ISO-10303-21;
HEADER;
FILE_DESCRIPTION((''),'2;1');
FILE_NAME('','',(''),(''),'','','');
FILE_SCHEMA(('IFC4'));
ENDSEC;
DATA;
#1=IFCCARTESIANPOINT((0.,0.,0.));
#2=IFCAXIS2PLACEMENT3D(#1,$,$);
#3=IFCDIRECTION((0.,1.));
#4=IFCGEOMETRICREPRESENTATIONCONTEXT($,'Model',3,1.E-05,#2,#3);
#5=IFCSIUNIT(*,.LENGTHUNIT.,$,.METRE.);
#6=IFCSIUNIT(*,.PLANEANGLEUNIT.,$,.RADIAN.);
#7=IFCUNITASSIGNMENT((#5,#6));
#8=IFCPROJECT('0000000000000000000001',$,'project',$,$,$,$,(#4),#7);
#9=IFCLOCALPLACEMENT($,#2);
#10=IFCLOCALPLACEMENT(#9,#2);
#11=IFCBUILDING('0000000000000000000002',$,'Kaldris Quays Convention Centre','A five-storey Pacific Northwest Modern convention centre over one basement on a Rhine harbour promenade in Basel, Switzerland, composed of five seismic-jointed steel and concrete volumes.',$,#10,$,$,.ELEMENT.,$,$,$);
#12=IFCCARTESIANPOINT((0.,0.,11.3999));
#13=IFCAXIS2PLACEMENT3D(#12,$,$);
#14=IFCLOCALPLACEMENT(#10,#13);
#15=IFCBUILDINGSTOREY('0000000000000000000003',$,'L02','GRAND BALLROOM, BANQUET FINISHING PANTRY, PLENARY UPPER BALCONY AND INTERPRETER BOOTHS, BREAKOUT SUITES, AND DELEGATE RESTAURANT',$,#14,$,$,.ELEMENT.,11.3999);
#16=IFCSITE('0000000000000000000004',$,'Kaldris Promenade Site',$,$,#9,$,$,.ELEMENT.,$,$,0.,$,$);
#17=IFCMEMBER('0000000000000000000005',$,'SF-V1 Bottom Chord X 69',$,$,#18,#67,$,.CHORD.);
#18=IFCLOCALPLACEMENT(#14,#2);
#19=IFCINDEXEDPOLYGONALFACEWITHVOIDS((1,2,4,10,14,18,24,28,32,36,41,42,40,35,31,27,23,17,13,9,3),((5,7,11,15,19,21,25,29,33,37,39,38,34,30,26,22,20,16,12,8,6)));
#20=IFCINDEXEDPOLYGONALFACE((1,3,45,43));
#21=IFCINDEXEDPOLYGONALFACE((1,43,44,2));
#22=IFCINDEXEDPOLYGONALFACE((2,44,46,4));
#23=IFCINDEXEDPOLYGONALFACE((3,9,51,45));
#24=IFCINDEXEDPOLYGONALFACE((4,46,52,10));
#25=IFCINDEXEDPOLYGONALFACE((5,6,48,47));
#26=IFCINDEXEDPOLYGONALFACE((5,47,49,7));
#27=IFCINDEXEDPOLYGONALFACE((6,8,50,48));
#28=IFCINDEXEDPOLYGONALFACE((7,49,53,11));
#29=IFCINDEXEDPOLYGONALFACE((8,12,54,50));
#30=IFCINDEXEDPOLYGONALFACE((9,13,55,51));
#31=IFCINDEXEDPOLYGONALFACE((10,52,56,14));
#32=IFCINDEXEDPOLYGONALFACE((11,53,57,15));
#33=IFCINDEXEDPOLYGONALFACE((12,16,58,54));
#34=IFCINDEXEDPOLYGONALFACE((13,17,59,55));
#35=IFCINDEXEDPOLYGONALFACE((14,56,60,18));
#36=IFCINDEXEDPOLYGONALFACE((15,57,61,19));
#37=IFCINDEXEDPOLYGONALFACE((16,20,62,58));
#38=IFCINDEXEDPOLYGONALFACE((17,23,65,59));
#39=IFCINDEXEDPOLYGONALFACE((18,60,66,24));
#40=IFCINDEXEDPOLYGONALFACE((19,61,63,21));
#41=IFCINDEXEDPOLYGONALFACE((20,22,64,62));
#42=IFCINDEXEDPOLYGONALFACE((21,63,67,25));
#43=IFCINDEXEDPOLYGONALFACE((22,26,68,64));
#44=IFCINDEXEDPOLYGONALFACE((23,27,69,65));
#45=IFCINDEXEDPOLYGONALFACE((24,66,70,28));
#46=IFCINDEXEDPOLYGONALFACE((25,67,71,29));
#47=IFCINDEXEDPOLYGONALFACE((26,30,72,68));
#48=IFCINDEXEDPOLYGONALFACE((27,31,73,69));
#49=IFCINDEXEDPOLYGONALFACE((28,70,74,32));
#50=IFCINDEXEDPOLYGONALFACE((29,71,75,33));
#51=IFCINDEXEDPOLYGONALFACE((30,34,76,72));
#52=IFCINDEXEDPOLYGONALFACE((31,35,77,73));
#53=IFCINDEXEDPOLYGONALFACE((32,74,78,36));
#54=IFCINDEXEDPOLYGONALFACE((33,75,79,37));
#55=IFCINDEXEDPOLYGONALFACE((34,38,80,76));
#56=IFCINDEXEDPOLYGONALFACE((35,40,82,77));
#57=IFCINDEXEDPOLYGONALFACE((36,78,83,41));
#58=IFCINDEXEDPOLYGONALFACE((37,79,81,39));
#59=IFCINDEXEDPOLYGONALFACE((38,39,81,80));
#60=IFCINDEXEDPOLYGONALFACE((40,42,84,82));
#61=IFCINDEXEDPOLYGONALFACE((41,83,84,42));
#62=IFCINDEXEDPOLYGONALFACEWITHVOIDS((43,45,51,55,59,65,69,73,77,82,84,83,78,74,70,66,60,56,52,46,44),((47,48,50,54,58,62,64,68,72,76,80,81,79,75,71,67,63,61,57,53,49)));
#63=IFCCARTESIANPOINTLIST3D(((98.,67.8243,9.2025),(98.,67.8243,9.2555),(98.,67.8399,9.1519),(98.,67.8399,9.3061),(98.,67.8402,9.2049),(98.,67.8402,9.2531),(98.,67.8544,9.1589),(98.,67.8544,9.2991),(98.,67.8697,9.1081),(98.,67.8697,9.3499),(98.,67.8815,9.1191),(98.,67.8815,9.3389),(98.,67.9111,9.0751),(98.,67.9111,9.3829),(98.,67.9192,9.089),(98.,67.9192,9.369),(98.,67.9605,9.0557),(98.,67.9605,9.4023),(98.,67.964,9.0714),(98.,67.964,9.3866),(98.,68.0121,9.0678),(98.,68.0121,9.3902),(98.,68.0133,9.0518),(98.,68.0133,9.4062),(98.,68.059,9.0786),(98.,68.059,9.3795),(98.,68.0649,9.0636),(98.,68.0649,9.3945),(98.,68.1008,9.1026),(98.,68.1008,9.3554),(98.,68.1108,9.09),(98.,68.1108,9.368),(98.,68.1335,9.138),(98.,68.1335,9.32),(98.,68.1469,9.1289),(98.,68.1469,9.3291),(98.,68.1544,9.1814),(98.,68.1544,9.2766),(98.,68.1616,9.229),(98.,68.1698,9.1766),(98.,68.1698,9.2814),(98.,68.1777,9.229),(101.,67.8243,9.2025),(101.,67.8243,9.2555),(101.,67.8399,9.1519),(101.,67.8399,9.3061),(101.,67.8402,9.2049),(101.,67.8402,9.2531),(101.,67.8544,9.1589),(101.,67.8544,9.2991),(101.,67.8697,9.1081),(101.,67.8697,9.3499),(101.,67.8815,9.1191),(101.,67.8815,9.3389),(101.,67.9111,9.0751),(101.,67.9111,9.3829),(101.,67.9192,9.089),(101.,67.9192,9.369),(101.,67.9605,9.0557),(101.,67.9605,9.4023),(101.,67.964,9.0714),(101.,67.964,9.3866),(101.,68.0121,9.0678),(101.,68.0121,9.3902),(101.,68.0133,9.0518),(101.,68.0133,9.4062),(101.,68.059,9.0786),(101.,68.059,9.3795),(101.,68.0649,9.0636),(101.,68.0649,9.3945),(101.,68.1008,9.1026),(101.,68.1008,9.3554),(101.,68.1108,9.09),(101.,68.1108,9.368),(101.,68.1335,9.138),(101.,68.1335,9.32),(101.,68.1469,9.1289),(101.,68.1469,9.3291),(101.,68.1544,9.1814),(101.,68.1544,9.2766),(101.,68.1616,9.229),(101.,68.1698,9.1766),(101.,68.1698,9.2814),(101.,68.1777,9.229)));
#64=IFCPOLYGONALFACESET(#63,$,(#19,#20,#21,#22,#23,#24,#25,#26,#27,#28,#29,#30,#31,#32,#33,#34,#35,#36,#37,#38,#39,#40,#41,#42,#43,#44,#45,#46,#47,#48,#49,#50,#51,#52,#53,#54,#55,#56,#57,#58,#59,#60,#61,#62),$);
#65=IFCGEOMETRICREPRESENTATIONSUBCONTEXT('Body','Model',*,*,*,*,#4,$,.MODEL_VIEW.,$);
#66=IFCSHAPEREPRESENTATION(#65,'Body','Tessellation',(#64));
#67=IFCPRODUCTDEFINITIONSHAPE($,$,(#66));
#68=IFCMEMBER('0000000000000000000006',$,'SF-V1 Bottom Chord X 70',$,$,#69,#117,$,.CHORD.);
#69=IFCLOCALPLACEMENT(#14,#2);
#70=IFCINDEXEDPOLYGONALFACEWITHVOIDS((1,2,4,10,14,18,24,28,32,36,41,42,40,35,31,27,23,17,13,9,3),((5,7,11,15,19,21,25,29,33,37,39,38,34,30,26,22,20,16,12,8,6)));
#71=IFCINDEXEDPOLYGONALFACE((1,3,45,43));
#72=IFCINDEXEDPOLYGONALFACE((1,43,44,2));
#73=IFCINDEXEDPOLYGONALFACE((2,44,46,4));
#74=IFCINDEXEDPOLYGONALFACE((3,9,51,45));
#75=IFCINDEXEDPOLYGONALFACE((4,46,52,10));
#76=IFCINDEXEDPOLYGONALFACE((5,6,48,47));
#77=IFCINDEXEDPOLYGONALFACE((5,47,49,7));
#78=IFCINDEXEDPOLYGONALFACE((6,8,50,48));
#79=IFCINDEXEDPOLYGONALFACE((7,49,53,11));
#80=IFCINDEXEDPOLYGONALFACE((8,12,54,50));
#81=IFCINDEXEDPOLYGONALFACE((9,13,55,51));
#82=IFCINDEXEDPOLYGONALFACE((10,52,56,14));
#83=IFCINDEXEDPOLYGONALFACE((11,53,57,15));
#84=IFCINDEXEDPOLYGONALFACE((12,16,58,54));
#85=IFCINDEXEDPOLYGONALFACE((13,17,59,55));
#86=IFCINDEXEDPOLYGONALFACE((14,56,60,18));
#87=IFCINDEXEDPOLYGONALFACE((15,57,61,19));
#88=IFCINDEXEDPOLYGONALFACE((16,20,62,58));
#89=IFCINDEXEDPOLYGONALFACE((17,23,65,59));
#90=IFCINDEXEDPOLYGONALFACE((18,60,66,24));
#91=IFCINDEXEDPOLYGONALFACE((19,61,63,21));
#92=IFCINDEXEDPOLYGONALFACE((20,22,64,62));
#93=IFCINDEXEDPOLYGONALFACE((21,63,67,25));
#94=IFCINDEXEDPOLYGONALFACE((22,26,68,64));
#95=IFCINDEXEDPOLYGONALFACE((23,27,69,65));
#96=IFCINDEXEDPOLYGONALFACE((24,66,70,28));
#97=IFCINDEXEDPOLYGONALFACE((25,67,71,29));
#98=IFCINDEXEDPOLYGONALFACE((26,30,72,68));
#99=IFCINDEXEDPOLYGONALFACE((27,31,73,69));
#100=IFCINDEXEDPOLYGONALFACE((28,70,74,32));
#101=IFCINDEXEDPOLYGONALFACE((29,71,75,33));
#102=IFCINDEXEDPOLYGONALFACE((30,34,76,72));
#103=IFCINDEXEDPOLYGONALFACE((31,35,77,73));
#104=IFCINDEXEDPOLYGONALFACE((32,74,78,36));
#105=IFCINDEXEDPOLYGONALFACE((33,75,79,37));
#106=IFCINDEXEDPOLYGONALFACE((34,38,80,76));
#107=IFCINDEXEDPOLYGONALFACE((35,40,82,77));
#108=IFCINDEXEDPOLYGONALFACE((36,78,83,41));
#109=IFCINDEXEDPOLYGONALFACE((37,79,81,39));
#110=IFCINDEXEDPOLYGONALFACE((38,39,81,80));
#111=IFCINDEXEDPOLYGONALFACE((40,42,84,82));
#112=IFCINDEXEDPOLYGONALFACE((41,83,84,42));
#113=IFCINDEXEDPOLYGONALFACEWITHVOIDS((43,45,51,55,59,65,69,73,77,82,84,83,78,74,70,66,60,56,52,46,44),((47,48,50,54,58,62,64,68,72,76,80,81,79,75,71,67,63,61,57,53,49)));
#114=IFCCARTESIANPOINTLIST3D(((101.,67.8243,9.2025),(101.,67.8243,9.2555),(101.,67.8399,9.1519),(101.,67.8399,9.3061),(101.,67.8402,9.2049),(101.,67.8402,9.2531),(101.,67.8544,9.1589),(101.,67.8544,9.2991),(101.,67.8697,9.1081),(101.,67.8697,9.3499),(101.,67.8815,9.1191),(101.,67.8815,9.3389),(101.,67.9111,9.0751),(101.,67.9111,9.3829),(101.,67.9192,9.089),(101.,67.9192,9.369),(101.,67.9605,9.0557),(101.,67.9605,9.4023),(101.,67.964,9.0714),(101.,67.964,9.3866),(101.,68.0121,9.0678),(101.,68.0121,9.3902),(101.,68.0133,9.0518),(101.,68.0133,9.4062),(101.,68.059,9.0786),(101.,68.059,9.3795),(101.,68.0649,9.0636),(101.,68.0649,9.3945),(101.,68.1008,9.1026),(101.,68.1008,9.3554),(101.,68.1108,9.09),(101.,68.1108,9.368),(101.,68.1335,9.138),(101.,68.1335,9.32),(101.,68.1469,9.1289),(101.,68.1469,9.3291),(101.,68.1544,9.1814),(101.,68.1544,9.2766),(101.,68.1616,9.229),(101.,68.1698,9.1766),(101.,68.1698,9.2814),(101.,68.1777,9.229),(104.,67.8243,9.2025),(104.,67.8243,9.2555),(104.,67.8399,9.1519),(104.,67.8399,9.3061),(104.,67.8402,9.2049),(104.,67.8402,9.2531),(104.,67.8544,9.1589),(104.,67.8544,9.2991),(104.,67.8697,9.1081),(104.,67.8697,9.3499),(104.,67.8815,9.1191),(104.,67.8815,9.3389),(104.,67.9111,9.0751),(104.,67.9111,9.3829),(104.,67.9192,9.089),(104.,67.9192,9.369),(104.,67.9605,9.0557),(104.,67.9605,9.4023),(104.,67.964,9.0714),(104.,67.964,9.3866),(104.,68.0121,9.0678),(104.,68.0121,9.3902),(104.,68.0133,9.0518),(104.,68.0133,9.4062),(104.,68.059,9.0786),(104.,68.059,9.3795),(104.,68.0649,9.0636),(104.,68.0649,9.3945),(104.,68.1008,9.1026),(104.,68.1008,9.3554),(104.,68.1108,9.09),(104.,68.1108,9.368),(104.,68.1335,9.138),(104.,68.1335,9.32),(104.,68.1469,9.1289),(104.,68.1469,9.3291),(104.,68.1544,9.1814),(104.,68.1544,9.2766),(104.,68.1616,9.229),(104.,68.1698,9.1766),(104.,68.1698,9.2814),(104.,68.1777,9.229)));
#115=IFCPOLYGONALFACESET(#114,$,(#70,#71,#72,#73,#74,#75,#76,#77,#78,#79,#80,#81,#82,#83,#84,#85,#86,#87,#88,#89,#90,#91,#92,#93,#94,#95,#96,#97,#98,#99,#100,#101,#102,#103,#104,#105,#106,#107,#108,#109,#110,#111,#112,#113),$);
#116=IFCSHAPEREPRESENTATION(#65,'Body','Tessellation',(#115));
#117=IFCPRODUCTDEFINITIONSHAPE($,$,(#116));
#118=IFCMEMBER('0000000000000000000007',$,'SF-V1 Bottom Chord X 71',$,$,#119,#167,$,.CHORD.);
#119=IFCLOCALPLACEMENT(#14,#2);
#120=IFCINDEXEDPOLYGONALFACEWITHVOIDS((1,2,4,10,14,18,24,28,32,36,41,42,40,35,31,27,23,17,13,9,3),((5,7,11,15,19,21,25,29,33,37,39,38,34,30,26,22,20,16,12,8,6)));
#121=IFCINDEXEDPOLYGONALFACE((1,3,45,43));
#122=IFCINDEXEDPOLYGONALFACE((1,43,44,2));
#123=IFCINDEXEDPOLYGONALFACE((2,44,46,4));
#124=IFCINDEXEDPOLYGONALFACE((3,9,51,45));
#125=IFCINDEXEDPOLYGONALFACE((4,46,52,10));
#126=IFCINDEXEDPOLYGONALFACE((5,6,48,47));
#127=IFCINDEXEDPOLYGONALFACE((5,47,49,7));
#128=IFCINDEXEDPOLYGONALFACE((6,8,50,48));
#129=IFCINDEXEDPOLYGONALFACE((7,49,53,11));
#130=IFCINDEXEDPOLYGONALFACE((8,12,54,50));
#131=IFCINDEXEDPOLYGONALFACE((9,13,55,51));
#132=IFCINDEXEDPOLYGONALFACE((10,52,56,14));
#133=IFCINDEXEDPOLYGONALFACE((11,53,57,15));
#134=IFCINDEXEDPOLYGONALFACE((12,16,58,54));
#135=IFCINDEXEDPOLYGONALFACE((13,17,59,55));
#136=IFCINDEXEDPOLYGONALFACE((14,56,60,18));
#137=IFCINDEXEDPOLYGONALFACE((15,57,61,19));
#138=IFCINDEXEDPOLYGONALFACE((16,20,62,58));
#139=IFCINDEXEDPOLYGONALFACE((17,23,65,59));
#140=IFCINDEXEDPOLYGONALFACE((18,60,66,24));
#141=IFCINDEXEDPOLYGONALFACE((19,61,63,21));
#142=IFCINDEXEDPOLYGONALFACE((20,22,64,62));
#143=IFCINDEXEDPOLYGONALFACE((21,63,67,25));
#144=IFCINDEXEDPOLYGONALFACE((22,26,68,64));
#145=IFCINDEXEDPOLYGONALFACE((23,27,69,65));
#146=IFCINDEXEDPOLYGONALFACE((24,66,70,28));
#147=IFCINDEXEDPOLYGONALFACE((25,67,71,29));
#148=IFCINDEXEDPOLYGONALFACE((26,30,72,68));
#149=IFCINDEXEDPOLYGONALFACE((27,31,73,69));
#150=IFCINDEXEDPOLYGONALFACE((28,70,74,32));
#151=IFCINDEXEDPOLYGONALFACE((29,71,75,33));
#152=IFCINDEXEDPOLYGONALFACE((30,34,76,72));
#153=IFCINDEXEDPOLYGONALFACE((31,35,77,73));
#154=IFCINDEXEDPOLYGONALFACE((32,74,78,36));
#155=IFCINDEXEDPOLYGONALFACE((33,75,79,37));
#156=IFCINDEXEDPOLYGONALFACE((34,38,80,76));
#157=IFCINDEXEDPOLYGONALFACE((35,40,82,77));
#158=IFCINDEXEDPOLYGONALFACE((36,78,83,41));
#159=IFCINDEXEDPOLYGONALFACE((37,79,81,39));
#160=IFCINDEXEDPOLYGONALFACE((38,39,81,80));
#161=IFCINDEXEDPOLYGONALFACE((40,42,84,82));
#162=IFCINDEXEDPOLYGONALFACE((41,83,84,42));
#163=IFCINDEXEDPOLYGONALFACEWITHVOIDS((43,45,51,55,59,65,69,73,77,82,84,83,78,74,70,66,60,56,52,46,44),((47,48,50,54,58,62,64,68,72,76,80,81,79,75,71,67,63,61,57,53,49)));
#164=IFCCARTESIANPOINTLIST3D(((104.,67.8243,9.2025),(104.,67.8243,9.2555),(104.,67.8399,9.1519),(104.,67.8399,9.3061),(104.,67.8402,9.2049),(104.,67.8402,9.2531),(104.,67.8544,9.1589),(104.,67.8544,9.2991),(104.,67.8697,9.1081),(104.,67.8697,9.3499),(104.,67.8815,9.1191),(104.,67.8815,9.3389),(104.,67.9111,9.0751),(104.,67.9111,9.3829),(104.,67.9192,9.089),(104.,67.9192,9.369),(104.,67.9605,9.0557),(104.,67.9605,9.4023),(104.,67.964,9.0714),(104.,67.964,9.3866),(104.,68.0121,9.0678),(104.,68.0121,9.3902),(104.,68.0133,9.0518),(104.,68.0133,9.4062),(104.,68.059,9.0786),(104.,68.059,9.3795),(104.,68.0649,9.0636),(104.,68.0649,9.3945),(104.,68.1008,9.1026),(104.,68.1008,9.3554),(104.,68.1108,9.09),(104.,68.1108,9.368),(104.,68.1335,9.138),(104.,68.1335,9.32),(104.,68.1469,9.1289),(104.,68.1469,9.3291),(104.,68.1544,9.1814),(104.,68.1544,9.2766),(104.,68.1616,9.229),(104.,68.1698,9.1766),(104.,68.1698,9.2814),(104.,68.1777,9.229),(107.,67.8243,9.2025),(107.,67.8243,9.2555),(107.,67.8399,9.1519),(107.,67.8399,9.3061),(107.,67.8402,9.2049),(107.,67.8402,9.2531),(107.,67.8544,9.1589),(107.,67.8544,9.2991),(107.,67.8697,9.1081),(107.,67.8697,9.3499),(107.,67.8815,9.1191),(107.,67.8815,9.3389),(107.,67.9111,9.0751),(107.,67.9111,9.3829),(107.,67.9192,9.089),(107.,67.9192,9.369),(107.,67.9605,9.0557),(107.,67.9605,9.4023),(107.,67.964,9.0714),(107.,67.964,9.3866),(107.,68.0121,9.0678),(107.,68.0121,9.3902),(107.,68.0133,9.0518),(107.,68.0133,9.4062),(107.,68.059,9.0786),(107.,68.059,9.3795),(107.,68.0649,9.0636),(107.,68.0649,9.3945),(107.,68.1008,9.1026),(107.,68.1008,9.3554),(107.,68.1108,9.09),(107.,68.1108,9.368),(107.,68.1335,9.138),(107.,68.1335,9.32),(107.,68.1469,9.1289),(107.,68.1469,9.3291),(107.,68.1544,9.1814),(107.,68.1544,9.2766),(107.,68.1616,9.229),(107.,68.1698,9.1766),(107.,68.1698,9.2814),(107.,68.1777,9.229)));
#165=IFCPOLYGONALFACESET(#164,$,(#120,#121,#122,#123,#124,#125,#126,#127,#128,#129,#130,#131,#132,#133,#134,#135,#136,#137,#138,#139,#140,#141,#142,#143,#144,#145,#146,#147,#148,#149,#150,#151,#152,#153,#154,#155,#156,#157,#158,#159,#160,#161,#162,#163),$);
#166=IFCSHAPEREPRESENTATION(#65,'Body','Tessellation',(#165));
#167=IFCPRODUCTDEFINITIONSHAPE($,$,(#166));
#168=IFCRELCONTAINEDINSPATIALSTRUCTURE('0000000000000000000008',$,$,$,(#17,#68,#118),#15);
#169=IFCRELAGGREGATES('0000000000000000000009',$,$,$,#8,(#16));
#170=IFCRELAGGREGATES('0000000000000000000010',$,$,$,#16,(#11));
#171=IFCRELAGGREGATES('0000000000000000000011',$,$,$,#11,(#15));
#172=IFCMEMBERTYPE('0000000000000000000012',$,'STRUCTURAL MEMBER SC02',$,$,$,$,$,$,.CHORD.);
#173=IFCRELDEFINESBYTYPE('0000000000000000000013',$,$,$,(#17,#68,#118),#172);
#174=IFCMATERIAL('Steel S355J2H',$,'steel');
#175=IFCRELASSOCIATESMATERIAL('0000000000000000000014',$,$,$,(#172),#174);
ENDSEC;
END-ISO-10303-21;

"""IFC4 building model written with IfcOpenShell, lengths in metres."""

from ifc_helpers import new_model, si_unit, direction, frame, origin, origin_2d, place, context, subcontext, project, spatial, hollow_circle, extrude, material, material_profile, profile_set, type_object, element, save


model = new_model("IFC4")

# Units and contexts
model_context = context("Model", 3, precision=1e-05, world=origin(), true_north=direction((0.0, 1.0)))
body_context = subcontext(model_context, "Body", "Model", "MODEL_VIEW")
ifc_project = project(units=[si_unit("LENGTHUNIT", "METRE"), si_unit("PLANEANGLEUNIT", "RADIAN")], contexts=[model_context])

# Site, building, storey
site_placement = place(None, origin())
site = spatial("IfcSite", under=ifc_project, at=site_placement, Name="Kaldris Promenade Site", CompositionType="ELEMENT", RefElevation=0.0)
building_placement = place(site_placement, origin())
building = spatial("IfcBuilding", under=site, at=building_placement, Name="Kaldris Quays Convention Centre", Description="A five-storey Pacific Northwest Modern convention centre over one basement on a Rhine harbour promenade in Basel, Switzerland, composed of five seismic-jointed steel and concrete volumes.", CompositionType="ELEMENT")
storey_placement = place(building_placement, frame((0.0, 0.0, 11.3999)))
storey = spatial("IfcBuildingStorey", under=building, at=storey_placement, Name="L02", Description="GRAND BALLROOM, BANQUET FINISHING PANTRY, PLENARY UPPER BALCONY AND INTERPRETER BOOTHS, BREAKOUT SUITES, AND DELEGATE RESTAURANT", CompositionType="ELEMENT", Elevation=11.3999)

# Members
ifc_material_1 = material(Name="Steel S355J2H", Category="steel")
ifc_material_profile_1 = material_profile(ifc_material_1, hollow_circle(Radius=0.1777, WallThickness=0.0161, at=origin_2d()), Name="CHS 355.6x16")
ifc_profile_set_1 = profile_set([ifc_material_profile_1], Name="Steel S355J2H")
member_type_1 = type_object("IfcMemberType", Name="STRUCTURAL MEMBER SC02", PredefinedType="CHORD", material=ifc_profile_set_1)
for number, where, z_axis, x_axis, name in (
    (1, (98.0, 68.0, 9.229), (1.0, 0.0, 0.0), (0.0, 1.0, 0.0), "SF-V1 Bottom Chord X 69"),
    (2, (101.0, 68.0, 9.229), (1.0, 0.0, 0.0), (0.0, 1.0, 0.0), "SF-V1 Bottom Chord X 70"),
    (3, (104.0, 68.0, 9.229), (1.0, 0.0, 0.0), (0.0, 1.0, 0.0), "SF-V1 Bottom Chord X 71"),
):
    element("IfcMember", number, at=place(storey_placement, frame(where, z_axis=z_axis, x_axis=x_axis)), inside=storey, type_object=member_type_1, Name=name, PredefinedType="CHORD", context=body_context, shape_type="SweptSolid", body=[
        extrude(hollow_circle(Radius=0.1777, WallThickness=0.0161, at=origin_2d()), origin(), (0.0, 0.0, 1.0), 3.0),
    ])

save(model, "model.ifc")
